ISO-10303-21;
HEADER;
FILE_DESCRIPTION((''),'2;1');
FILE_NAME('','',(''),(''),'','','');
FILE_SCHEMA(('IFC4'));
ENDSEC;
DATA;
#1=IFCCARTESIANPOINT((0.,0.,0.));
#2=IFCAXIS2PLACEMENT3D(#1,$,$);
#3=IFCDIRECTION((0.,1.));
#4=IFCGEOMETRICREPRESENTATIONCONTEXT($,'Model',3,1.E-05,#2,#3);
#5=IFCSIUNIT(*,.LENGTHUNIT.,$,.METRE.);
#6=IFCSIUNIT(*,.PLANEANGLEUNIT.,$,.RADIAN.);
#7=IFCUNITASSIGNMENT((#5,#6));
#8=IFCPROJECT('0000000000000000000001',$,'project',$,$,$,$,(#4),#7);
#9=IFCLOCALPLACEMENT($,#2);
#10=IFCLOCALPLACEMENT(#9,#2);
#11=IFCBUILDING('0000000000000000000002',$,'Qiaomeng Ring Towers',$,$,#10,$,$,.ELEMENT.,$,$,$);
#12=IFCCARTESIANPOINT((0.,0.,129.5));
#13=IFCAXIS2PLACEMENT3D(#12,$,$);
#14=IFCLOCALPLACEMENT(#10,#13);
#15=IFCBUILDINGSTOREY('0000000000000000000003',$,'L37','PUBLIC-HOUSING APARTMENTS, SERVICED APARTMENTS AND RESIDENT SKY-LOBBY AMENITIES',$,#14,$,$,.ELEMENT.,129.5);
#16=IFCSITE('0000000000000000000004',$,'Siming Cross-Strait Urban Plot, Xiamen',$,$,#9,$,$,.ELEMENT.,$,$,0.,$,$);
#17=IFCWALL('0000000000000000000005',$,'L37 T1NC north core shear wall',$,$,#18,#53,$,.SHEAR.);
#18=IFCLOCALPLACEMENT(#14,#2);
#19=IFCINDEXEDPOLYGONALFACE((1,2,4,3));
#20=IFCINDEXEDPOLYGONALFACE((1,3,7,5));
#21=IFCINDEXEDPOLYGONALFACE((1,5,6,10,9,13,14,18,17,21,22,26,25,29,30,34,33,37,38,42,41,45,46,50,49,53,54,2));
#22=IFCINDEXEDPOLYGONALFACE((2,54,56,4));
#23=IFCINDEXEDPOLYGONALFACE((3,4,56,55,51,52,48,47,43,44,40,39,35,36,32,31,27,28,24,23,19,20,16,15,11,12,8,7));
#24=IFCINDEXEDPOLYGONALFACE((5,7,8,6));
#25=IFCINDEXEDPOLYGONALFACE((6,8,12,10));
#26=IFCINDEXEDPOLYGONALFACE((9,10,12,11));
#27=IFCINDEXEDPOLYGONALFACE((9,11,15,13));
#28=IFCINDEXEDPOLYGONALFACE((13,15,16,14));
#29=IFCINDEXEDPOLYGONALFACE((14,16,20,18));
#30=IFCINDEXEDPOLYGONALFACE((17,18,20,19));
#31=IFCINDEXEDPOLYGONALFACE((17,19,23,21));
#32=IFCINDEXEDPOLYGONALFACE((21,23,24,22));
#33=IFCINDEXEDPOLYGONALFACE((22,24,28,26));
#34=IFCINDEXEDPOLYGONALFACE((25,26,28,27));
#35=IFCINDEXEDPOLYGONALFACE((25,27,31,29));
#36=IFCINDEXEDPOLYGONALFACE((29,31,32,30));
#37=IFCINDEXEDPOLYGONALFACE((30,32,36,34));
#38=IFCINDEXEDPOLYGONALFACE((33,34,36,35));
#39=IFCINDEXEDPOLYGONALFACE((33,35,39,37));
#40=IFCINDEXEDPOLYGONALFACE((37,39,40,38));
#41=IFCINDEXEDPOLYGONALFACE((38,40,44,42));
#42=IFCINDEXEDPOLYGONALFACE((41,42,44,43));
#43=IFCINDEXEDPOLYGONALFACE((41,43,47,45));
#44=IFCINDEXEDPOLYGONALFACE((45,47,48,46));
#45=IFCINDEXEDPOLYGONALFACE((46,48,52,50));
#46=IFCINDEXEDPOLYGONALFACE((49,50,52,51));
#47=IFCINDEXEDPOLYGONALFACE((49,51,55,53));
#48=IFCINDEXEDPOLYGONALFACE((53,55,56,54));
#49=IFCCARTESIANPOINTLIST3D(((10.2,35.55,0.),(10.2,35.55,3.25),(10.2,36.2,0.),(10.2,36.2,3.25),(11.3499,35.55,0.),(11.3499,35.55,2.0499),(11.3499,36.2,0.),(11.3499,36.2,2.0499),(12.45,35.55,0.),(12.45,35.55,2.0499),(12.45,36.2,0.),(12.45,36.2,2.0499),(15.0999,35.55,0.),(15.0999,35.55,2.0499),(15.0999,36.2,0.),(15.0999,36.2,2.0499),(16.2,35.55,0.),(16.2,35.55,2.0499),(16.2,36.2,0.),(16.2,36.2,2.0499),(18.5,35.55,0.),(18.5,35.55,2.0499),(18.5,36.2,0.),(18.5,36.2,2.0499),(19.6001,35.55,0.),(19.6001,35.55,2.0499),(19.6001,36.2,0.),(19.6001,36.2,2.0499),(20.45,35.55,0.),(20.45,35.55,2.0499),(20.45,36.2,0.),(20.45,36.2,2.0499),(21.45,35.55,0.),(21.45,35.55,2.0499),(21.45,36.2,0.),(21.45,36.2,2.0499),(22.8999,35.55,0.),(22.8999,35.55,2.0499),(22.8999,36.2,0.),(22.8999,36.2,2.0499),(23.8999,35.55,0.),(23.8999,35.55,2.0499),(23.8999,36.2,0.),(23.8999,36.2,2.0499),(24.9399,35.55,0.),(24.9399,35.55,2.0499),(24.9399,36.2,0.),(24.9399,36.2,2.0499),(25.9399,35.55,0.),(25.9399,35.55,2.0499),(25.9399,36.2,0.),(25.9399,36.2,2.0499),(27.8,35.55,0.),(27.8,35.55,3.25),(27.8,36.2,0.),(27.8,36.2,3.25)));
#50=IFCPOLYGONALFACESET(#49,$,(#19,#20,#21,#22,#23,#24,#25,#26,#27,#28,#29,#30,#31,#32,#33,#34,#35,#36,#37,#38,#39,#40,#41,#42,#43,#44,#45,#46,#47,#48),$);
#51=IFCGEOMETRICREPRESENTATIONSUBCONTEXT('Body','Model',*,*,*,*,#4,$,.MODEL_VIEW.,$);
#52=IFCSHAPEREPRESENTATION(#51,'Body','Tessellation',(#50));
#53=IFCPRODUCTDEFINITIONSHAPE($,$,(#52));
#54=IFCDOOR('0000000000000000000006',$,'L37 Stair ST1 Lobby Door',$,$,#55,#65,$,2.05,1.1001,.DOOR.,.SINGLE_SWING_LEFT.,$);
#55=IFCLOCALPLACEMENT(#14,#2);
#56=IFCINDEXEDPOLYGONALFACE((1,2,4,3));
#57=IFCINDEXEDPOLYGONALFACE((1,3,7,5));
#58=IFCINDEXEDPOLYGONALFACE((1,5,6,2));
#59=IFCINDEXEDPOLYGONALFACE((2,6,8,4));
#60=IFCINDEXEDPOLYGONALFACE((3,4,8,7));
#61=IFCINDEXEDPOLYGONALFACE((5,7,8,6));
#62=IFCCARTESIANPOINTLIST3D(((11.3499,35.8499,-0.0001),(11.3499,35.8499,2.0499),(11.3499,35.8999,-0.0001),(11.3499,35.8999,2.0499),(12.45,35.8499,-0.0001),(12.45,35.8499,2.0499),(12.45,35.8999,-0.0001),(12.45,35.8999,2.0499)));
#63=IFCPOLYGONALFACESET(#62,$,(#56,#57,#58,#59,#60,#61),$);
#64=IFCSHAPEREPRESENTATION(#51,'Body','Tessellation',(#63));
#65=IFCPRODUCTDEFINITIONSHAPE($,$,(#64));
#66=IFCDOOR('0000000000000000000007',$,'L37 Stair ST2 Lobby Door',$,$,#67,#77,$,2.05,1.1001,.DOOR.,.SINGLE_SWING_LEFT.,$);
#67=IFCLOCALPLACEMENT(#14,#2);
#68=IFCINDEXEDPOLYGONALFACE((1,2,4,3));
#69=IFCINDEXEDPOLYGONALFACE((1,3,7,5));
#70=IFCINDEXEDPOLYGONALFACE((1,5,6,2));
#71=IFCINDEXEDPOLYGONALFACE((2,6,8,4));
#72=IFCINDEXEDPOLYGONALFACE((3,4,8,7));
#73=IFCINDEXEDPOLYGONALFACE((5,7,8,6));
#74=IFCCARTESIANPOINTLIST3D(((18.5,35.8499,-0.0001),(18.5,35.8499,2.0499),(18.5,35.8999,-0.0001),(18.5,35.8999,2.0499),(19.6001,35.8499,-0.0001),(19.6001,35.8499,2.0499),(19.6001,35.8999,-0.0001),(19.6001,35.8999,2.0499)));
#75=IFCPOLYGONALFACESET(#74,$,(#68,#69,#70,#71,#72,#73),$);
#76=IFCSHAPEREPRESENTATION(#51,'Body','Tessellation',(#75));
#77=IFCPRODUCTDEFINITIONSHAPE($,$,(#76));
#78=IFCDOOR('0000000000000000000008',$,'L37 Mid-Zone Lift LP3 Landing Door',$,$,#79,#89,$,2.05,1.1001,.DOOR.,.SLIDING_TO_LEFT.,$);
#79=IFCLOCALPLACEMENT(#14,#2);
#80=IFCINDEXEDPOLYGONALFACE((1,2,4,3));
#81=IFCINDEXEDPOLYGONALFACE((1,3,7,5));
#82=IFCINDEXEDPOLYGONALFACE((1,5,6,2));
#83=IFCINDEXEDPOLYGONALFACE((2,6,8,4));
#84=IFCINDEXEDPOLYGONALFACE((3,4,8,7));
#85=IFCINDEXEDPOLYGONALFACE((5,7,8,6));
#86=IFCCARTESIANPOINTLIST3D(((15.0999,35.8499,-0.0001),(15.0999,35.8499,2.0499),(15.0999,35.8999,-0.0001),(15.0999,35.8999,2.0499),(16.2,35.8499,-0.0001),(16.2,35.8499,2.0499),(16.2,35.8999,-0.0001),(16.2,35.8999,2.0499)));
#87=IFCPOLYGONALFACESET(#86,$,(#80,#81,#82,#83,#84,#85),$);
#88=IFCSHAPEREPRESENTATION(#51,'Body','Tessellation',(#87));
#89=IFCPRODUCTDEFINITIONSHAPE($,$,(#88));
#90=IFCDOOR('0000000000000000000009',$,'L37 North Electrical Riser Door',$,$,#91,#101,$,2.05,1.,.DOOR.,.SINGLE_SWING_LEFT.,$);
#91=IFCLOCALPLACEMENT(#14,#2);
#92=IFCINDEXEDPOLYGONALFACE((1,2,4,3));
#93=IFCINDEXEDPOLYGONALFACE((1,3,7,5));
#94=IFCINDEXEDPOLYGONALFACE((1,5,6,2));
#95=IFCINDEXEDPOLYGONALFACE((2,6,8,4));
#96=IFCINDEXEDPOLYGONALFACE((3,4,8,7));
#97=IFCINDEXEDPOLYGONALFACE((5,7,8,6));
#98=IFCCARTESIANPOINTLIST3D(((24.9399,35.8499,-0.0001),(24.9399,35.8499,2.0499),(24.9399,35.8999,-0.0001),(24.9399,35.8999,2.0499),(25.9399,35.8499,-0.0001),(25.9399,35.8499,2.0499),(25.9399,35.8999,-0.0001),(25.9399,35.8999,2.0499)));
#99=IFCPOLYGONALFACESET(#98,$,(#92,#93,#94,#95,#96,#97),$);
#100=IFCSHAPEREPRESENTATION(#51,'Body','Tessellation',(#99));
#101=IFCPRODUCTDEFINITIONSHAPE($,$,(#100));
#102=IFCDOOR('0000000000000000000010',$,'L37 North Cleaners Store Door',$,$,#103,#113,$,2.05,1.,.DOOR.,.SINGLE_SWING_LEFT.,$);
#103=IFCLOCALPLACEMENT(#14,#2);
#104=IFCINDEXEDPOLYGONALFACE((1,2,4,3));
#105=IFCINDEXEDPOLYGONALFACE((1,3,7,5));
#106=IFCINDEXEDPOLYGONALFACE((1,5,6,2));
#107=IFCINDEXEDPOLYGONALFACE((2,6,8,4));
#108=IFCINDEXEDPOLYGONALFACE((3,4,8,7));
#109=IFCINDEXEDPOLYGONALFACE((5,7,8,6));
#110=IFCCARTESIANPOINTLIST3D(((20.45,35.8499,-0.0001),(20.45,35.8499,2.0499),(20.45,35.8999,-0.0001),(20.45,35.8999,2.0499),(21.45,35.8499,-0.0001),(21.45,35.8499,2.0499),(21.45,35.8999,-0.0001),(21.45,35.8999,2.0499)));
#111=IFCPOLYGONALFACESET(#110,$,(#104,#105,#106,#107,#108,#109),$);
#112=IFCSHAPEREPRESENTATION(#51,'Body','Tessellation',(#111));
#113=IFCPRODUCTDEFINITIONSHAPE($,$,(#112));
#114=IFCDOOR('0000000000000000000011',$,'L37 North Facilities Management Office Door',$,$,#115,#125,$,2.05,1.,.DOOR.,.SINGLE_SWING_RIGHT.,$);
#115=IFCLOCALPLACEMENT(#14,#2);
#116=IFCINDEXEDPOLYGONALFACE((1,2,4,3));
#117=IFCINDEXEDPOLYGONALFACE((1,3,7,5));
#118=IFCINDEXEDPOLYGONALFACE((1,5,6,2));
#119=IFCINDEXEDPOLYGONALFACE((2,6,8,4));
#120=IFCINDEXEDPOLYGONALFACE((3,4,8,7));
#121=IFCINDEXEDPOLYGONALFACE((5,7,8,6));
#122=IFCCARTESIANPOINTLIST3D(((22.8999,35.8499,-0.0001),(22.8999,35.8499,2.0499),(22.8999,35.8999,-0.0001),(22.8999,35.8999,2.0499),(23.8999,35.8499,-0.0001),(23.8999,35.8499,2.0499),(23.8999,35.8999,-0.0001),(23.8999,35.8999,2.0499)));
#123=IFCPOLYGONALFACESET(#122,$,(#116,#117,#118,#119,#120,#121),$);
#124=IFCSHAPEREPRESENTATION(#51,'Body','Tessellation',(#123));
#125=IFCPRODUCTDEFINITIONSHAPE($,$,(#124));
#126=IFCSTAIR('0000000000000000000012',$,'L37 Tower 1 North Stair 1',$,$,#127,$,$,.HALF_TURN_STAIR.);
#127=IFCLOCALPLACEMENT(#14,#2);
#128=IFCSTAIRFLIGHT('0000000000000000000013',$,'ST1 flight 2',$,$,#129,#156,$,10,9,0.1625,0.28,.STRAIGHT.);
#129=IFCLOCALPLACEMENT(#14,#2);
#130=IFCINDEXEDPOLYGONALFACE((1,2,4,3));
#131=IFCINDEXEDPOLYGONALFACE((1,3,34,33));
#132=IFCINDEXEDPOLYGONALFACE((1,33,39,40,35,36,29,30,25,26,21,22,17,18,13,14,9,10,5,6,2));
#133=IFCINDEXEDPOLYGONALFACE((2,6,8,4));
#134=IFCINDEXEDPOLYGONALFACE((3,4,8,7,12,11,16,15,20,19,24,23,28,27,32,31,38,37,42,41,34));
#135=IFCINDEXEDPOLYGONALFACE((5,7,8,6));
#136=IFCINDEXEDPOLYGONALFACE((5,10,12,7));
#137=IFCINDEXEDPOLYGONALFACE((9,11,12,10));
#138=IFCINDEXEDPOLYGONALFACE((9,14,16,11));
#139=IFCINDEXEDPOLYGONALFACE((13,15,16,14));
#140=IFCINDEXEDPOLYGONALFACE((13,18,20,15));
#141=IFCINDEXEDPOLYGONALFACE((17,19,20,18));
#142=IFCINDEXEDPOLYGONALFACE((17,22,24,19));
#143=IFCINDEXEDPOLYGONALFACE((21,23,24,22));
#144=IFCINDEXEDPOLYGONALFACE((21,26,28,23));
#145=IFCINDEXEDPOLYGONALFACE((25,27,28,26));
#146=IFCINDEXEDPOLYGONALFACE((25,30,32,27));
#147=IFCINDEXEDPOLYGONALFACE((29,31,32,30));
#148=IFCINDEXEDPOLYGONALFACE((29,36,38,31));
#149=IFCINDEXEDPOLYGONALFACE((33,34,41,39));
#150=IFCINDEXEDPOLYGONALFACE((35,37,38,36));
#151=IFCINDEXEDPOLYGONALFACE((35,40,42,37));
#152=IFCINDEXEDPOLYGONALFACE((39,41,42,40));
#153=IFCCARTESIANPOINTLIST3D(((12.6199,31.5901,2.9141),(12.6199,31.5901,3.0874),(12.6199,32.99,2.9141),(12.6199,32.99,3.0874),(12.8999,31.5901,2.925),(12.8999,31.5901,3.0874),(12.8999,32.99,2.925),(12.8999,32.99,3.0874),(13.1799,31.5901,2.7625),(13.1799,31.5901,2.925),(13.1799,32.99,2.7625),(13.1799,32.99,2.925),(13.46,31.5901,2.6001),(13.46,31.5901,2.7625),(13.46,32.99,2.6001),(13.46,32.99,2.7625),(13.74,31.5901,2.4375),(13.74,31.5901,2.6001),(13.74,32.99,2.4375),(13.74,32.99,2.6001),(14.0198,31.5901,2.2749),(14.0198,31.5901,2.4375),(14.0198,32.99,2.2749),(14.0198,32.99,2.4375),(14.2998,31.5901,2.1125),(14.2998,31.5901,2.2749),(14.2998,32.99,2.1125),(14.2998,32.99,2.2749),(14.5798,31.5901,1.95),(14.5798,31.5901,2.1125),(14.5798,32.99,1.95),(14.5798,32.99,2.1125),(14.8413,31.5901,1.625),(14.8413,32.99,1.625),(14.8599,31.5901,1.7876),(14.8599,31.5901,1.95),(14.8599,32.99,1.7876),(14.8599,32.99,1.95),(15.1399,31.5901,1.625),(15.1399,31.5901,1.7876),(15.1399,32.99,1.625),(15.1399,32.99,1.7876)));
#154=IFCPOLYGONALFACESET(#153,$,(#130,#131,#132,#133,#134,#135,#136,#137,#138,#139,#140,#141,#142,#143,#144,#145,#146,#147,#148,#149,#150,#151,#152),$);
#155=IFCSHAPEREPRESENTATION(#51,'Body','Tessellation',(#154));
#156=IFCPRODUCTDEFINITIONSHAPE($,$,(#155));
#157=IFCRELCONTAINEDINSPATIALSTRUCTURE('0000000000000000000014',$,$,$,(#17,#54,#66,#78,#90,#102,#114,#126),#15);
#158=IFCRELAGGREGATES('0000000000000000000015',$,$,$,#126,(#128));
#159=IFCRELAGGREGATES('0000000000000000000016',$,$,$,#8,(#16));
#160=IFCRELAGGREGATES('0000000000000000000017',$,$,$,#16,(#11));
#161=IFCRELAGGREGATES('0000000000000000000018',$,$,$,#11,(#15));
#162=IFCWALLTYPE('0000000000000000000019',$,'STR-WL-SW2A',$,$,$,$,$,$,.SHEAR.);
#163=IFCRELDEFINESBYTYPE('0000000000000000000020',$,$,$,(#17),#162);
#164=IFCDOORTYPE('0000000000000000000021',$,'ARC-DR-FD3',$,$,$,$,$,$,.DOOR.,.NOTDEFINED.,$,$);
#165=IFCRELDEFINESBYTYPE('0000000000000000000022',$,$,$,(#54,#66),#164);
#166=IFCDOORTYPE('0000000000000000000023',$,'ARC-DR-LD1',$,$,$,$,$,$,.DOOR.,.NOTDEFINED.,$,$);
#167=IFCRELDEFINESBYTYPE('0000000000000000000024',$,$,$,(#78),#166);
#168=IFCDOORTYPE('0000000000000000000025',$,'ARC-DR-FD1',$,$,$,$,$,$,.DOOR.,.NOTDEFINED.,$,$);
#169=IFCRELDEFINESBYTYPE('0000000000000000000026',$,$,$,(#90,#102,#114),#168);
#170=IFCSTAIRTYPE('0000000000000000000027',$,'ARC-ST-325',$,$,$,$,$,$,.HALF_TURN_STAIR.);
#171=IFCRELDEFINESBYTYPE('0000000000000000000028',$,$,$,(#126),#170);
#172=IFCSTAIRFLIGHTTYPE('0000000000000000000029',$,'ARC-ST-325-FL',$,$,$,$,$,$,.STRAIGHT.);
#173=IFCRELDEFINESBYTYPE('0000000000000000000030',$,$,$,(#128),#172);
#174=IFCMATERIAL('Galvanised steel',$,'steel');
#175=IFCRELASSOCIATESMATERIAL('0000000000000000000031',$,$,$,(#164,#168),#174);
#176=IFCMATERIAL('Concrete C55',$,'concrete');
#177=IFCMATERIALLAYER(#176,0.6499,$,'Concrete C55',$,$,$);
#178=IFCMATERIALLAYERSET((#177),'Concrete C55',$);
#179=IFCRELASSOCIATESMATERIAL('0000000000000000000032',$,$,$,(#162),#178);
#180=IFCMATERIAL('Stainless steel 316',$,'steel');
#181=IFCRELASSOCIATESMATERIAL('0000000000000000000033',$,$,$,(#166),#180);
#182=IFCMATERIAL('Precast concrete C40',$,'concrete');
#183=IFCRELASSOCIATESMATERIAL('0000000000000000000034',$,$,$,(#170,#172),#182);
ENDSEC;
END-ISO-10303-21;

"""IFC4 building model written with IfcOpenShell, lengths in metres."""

from ifc_helpers import new_model, si_unit, direction, frame, frame_2d, origin, place, context, subcontext, project, spatial, polyline, rectangle, outline, extrude, source, transform, mapped, material, layer, layer_set, type_object, element, fill, aggregate, save


model = new_model("IFC4")

# Units and contexts
model_context = context("Model", 3, precision=1e-05, world=origin(), true_north=direction((0.0, 1.0)))
body_context = subcontext(model_context, "Body", "Model", "MODEL_VIEW")
ifc_project = project(units=[si_unit("LENGTHUNIT", "METRE"), si_unit("PLANEANGLEUNIT", "RADIAN")], contexts=[model_context])

# Site, building, storey
site_placement = place(None, origin())
site = spatial("IfcSite", under=ifc_project, at=site_placement, Name="Siming Cross-Strait Urban Plot, Xiamen", CompositionType="ELEMENT", RefElevation=0.0)
building_placement = place(site_placement, origin())
building = spatial("IfcBuilding", under=site, at=building_placement, Name="Qiaomeng Ring Towers", CompositionType="ELEMENT")
storey_placement = place(building_placement, frame((0.0, 0.0, 129.5)))
storey = spatial("IfcBuildingStorey", under=building, at=storey_placement, Name="L37", Description="PUBLIC-HOUSING APARTMENTS, SERVICED APARTMENTS AND RESIDENT SKY-LOBBY AMENITIES", CompositionType="ELEMENT", Elevation=129.5)

# Shared definitions
ifc_material_1 = material(Name="Galvanised steel", Category="steel")
door_type_1 = type_object("IfcDoorType", Name="ARC-DR-FD3", OperationType="NOTDEFINED", PredefinedType="DOOR", material=ifc_material_1)
shared_shape_1 = source(origin(), body_context, "Body", "SweptSolid", [
    extrude(rectangle(XDim=1.1001, YDim=2.05, at=frame_2d((0.55, 1.0249))), frame((0.0, 0.0249, 0.0), z_axis=(0.0, -1.0, 0.0), x_axis=(1.0, 0.0, 0.0)), (0.0, 0.0, 1.0), 0.05),
])

# Wall, openings, doors
ifc_material_2 = material(Name="Concrete C55", Category="concrete")
ifc_layer_1 = layer(ifc_material_2, 0.6499, Name="Concrete C55")
ifc_layer_set_1 = layer_set([ifc_layer_1], Name="Concrete C55")
wall_type_1 = type_object("IfcWallType", Name="STR-WL-SW2A", PredefinedType="SHEAR", material=ifc_layer_set_1)
wall_1_placement = place(storey_placement, frame((10.2, 35.875, 0.0), z_axis=(0.0, 0.0, 1.0), x_axis=(1.0, 0.0, 0.0)))
wall_1 = element("IfcWall", 1, at=wall_1_placement, inside=storey, type_object=wall_type_1, Name="L37 T1NC north core shear wall", PredefinedType="SHEAR", context=body_context, shape_type="SweptSolid", body=[
    extrude(rectangle(XDim=17.6001, YDim=0.6499, at=frame_2d((8.8, 0.0))), origin(), (0.0, 0.0, 1.0), 3.25),
])
opening_1_placement = place(wall_1_placement, frame((1.1499, 0.0, 0.0)))
opening_1 = element("IfcOpeningElement", 2, at=opening_1_placement, cuts=wall_1, PredefinedType="OPENING", context=body_context, shape_type="SweptSolid", body=[
    extrude(rectangle(XDim=1.1001, YDim=2.05, at=frame_2d((0.55, 1.0249))), frame((0.0, 0.335, 0.0), z_axis=(0.0, -1.0, 0.0), x_axis=(1.0, 0.0, 0.0)), (0.0, 0.0, 1.0), 0.6699),
])
opening_2_placement = place(wall_1_placement, frame((8.3, 0.0, 0.0)))
opening_2 = element("IfcOpeningElement", 3, at=opening_2_placement, cuts=wall_1, PredefinedType="OPENING", context=body_context, shape_type="SweptSolid", body=[
    extrude(rectangle(XDim=1.1001, YDim=2.05, at=frame_2d((0.55, 1.0249))), frame((0.0, 0.335, 0.0), z_axis=(0.0, -1.0, 0.0), x_axis=(1.0, 0.0, 0.0)), (0.0, 0.0, 1.0), 0.6699),
])
opening_3_placement = place(wall_1_placement, frame((4.8999, 0.0, 0.0)))
opening_3 = element("IfcOpeningElement", 4, at=opening_3_placement, cuts=wall_1, PredefinedType="OPENING", context=body_context, shape_type="SweptSolid", body=[
    extrude(rectangle(XDim=1.1001, YDim=2.05, at=frame_2d((0.55, 1.0249))), frame((0.0, 0.335, 0.0), z_axis=(0.0, -1.0, 0.0), x_axis=(1.0, 0.0, 0.0)), (0.0, 0.0, 1.0), 0.6699),
])
opening_4_placement = place(wall_1_placement, frame((14.74, 0.0, 0.0)))
opening_4 = element("IfcOpeningElement", 5, at=opening_4_placement, cuts=wall_1, PredefinedType="OPENING", context=body_context, shape_type="SweptSolid", body=[
    extrude(rectangle(XDim=1.0, YDim=2.05, at=frame_2d((0.5, 1.0249))), frame((0.0, 0.335, 0.0), z_axis=(0.0, -1.0, 0.0), x_axis=(1.0, 0.0, 0.0)), (0.0, 0.0, 1.0), 0.6699),
])
opening_5_placement = place(wall_1_placement, frame((10.25, 0.0, 0.0)))
opening_5 = element("IfcOpeningElement", 6, at=opening_5_placement, cuts=wall_1, PredefinedType="OPENING", context=body_context, shape_type="SweptSolid", body=[
    extrude(rectangle(XDim=1.0, YDim=2.05, at=frame_2d((0.5, 1.0249))), frame((0.0, 0.335, 0.0), z_axis=(0.0, -1.0, 0.0), x_axis=(1.0, 0.0, 0.0)), (0.0, 0.0, 1.0), 0.6699),
])
opening_6_placement = place(wall_1_placement, frame((12.7, 0.0, 0.0)))
opening_6 = element("IfcOpeningElement", 7, at=opening_6_placement, cuts=wall_1, PredefinedType="OPENING", context=body_context, shape_type="SweptSolid", body=[
    extrude(rectangle(XDim=1.0, YDim=2.05, at=frame_2d((0.5, 1.0249))), frame((0.0, 0.335, 0.0), z_axis=(0.0, -1.0, 0.0), x_axis=(1.0, 0.0, 0.0)), (0.0, 0.0, 1.0), 0.6699),
])
door_1_placement = place(opening_1_placement, origin())
door_1 = element("IfcDoor", 8, at=door_1_placement, inside=storey, type_object=door_type_1, Name="L37 Stair ST1 Lobby Door", OperationType="SINGLE_SWING_LEFT", OverallHeight=2.05, OverallWidth=1.1001, PredefinedType="DOOR", context=body_context, shape_type="MappedRepresentation", body=[
    mapped(shared_shape_1, transform((0.0, 0.0, 0.0), x_axis=(1.0, 0.0, 0.0), y_axis=(0.0, 1.0, 0.0), z_axis=(0.0, 0.0, 1.0), scale=1.0)),
])
fill(opening_1, door_1)
door_2_placement = place(opening_2_placement, origin())
door_2 = element("IfcDoor", 9, at=door_2_placement, inside=storey, type_object=door_type_1, Name="L37 Stair ST2 Lobby Door", OperationType="SINGLE_SWING_LEFT", OverallHeight=2.05, OverallWidth=1.1001, PredefinedType="DOOR", context=body_context, shape_type="MappedRepresentation", body=[
    mapped(shared_shape_1, transform((0.0, 0.0, 0.0), x_axis=(1.0, 0.0, 0.0), y_axis=(0.0, 1.0, 0.0), z_axis=(0.0, 0.0, 1.0), scale=1.0)),
])
fill(opening_2, door_2)
ifc_material_3 = material(Name="Stainless steel 316", Category="steel")
door_type_2 = type_object("IfcDoorType", Name="ARC-DR-LD1", OperationType="NOTDEFINED", PredefinedType="DOOR", material=ifc_material_3)
door_3_placement = place(opening_3_placement, origin())
door_3 = element("IfcDoor", 10, at=door_3_placement, inside=storey, type_object=door_type_2, Name="L37 Mid-Zone Lift LP3 Landing Door", OperationType="SLIDING_TO_LEFT", OverallHeight=2.05, OverallWidth=1.1001, PredefinedType="DOOR", context=body_context, shape_type="MappedRepresentation", body=[
    mapped(shared_shape_1, transform((0.0, 0.0, 0.0), x_axis=(1.0, 0.0, 0.0), y_axis=(0.0, 1.0, 0.0), z_axis=(0.0, 0.0, 1.0), scale=1.0)),
])
fill(opening_3, door_3)
door_type_3 = type_object("IfcDoorType", Name="ARC-DR-FD1", OperationType="NOTDEFINED", PredefinedType="DOOR", material=ifc_material_1)
shared_shape_2 = source(origin(), body_context, "Body", "SweptSolid", [
    extrude(rectangle(XDim=1.0, YDim=2.05, at=frame_2d((0.5, 1.0249))), frame((0.0, 0.0249, 0.0), z_axis=(0.0, -1.0, 0.0), x_axis=(1.0, 0.0, 0.0)), (0.0, 0.0, 1.0), 0.05),
])
door_4_placement = place(opening_4_placement, origin())
door_4 = element("IfcDoor", 11, at=door_4_placement, inside=storey, type_object=door_type_3, Name="L37 North Electrical Riser Door", OperationType="SINGLE_SWING_LEFT", OverallHeight=2.05, OverallWidth=1.0, PredefinedType="DOOR", context=body_context, shape_type="MappedRepresentation", body=[
    mapped(shared_shape_2, transform((0.0, 0.0, 0.0), x_axis=(1.0, 0.0, 0.0), y_axis=(0.0, 1.0, 0.0), z_axis=(0.0, 0.0, 1.0), scale=1.0)),
])
fill(opening_4, door_4)
door_5_placement = place(opening_5_placement, origin())
door_5 = element("IfcDoor", 12, at=door_5_placement, inside=storey, type_object=door_type_3, Name="L37 North Cleaners Store Door", OperationType="SINGLE_SWING_LEFT", OverallHeight=2.05, OverallWidth=1.0, PredefinedType="DOOR", context=body_context, shape_type="MappedRepresentation", body=[
    mapped(shared_shape_2, transform((0.0, 0.0, 0.0), x_axis=(1.0, 0.0, 0.0), y_axis=(0.0, 1.0, 0.0), z_axis=(0.0, 0.0, 1.0), scale=1.0)),
])
fill(opening_5, door_5)
door_6_placement = place(opening_6_placement, origin())
door_6 = element("IfcDoor", 13, at=door_6_placement, inside=storey, type_object=door_type_3, Name="L37 North Facilities Management Office Door", OperationType="SINGLE_SWING_RIGHT", OverallHeight=2.05, OverallWidth=1.0, PredefinedType="DOOR", context=body_context, shape_type="MappedRepresentation", body=[
    mapped(shared_shape_2, transform((0.0, 0.0, 0.0), x_axis=(1.0, 0.0, 0.0), y_axis=(0.0, 1.0, 0.0), z_axis=(0.0, 0.0, 1.0), scale=1.0)),
])
fill(opening_6, door_6)

# Stair, stair flight
ifc_material_4 = material(Name="Precast concrete C40", Category="concrete")
stair_type = type_object("IfcStairType", Name="ARC-ST-325", PredefinedType="HALF_TURN_STAIR", material=ifc_material_4)
stair_placement = place(storey_placement, origin())
stair = element("IfcStair", 14, at=stair_placement, inside=storey, type_object=stair_type, Name="L37 Tower 1 North Stair 1", PredefinedType="HALF_TURN_STAIR")
stair_flight_type = type_object("IfcStairFlightType", Name="ARC-ST-325-FL", PredefinedType="STRAIGHT", material=ifc_material_4)
shared_shape_3 = source(origin(), body_context, "Body", "SweptSolid", [
    extrude(outline(polyline([(0.0, 0.0), (0.0, 0.1626), (0.28, 0.1626), (0.28, 0.325), (0.5601, 0.325), (0.5601, 0.4875), (0.8401, 0.4875), (0.8401, 0.6499), (1.1201, 0.6499), (1.1201, 0.8125), (1.3999, 0.8125), (1.3999, 0.9751), (1.6799, 0.9751), (1.6799, 1.1375), (1.96, 1.1375), (1.96, 1.3), (2.24, 1.3), (2.24, 1.4624), (2.52, 1.4624), (2.52, 1.625), (2.52, 1.2891), (0.2986, 0.0), (0.0, 0.0)])), frame((0.0, 0.7, 0.0), z_axis=(0.0, -1.0, 0.0), x_axis=(1.0, 0.0, 0.0)), (0.0, 0.0, 1.0), 1.3999),
])
stair_flight_placement = place(storey_placement, frame((15.1399, 32.29, 1.625), z_axis=(0.0, 0.0, 1.0), x_axis=(-1.0, 0.0, 0.0)))
stair_flight = element("IfcStairFlight", 15, at=stair_flight_placement, type_object=stair_flight_type, Name="ST1 flight 2", NumberOfRisers=10, NumberOfTreads=9, PredefinedType="STRAIGHT", RiserHeight=0.1625, TreadLength=0.28, context=body_context, shape_type="MappedRepresentation", body=[
    mapped(shared_shape_3, transform((0.0, 0.0, 0.0), x_axis=(1.0, 0.0, 0.0), y_axis=(0.0, 1.0, 0.0), z_axis=(0.0, 0.0, 1.0), scale=1.0)),
])
aggregate(stair, [stair_flight])

save(model, "model.ifc")
